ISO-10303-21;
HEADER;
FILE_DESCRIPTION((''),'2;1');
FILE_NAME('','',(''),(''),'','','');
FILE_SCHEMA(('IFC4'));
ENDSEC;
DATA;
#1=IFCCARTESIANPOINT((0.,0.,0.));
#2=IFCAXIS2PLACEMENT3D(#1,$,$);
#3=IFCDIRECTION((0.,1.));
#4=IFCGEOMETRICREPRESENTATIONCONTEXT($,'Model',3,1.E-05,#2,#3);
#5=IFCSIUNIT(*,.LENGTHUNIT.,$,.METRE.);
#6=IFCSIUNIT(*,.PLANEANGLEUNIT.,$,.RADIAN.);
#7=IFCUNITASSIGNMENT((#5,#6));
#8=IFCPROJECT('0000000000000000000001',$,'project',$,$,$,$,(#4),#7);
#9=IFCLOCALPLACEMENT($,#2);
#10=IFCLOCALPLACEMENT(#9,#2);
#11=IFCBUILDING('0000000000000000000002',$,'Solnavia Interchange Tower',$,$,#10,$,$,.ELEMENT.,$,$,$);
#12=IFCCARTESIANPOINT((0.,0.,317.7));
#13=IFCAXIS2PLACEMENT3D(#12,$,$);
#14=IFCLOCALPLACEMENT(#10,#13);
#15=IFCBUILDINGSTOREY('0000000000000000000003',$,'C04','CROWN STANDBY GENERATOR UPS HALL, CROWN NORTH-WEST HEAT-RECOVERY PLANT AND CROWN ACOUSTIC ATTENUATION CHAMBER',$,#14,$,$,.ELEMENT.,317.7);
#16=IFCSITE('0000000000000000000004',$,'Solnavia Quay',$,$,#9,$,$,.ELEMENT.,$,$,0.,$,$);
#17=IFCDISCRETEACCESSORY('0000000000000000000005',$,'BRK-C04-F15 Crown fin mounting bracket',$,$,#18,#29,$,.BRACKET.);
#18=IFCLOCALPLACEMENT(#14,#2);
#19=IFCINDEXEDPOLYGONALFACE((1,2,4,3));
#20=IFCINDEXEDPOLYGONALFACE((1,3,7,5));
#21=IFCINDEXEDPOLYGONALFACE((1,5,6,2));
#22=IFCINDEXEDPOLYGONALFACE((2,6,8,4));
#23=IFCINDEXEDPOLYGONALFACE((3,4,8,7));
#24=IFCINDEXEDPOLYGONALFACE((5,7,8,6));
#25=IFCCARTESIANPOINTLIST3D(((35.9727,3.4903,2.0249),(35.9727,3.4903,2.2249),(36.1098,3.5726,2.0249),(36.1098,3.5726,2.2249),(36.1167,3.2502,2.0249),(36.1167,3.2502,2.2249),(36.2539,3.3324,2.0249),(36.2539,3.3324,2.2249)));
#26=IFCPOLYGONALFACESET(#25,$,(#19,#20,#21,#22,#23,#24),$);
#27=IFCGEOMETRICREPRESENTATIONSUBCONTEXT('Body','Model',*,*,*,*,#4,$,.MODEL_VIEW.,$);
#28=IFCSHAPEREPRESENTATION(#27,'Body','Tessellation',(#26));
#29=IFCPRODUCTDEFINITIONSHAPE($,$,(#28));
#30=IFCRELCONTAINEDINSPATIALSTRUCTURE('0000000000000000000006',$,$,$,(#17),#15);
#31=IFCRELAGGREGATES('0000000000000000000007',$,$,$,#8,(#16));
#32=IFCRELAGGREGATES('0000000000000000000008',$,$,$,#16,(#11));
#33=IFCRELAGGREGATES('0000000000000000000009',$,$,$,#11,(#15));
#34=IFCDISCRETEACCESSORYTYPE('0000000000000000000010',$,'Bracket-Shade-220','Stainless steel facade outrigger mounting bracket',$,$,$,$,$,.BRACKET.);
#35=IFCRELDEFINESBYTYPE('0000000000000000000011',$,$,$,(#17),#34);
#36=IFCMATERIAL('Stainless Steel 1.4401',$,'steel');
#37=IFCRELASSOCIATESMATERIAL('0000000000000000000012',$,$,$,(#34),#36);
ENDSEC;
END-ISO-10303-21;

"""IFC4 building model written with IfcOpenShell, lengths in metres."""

from ifc_helpers import new_model, si_unit, direction, frame, origin, origin_2d, place, context, subcontext, project, spatial, rectangle, extrude, material, type_object, element, save


model = new_model("IFC4")

# Units and contexts
model_context = context("Model", 3, precision=1e-05, world=origin(), true_north=direction((0.0, 1.0)))
body_context = subcontext(model_context, "Body", "Model", "MODEL_VIEW")
ifc_project = project(units=[si_unit("LENGTHUNIT", "METRE"), si_unit("PLANEANGLEUNIT", "RADIAN")], contexts=[model_context])

# Site, building, storey
site_placement = place(None, origin())
site = spatial("IfcSite", under=ifc_project, at=site_placement, Name="Solnavia Quay", CompositionType="ELEMENT", RefElevation=0.0)
building_placement = place(site_placement, origin())
building = spatial("IfcBuilding", under=site, at=building_placement, Name="Solnavia Interchange Tower", CompositionType="ELEMENT")
storey_placement = place(building_placement, frame((0.0, 0.0, 317.7)))
storey = spatial("IfcBuildingStorey", under=building, at=storey_placement, Name="C04", Description="CROWN STANDBY GENERATOR UPS HALL, CROWN NORTH-WEST HEAT-RECOVERY PLANT AND CROWN ACOUSTIC ATTENUATION CHAMBER", CompositionType="ELEMENT", Elevation=317.7)

# Discrete accessory
ifc_material_1 = material(Name="Stainless Steel 1.4401", Category="steel")
discrete_accessory_type = type_object("IfcDiscreteAccessoryType", Name="Bracket-Shade-220", Description="Stainless steel facade outrigger mounting bracket", PredefinedType="BRACKET", material=ifc_material_1)
discrete_accessory_placement = place(storey_placement, frame((36.1133, 3.4114, 2.0249), z_axis=(0.0, 0.0, 1.0), x_axis=(0.51444, -0.857527, 0.0)))
element("IfcDiscreteAccessory", 1, at=discrete_accessory_placement, inside=storey, type_object=discrete_accessory_type, Name="BRK-C04-F15 Crown fin mounting bracket", PredefinedType="BRACKET", context=body_context, shape_type="SweptSolid", body=[
    extrude(rectangle(XDim=0.28, YDim=0.1599, at=origin_2d()), origin(), (0.0, 0.0, 1.0), 0.2),
])

save(model, "model.ifc")
